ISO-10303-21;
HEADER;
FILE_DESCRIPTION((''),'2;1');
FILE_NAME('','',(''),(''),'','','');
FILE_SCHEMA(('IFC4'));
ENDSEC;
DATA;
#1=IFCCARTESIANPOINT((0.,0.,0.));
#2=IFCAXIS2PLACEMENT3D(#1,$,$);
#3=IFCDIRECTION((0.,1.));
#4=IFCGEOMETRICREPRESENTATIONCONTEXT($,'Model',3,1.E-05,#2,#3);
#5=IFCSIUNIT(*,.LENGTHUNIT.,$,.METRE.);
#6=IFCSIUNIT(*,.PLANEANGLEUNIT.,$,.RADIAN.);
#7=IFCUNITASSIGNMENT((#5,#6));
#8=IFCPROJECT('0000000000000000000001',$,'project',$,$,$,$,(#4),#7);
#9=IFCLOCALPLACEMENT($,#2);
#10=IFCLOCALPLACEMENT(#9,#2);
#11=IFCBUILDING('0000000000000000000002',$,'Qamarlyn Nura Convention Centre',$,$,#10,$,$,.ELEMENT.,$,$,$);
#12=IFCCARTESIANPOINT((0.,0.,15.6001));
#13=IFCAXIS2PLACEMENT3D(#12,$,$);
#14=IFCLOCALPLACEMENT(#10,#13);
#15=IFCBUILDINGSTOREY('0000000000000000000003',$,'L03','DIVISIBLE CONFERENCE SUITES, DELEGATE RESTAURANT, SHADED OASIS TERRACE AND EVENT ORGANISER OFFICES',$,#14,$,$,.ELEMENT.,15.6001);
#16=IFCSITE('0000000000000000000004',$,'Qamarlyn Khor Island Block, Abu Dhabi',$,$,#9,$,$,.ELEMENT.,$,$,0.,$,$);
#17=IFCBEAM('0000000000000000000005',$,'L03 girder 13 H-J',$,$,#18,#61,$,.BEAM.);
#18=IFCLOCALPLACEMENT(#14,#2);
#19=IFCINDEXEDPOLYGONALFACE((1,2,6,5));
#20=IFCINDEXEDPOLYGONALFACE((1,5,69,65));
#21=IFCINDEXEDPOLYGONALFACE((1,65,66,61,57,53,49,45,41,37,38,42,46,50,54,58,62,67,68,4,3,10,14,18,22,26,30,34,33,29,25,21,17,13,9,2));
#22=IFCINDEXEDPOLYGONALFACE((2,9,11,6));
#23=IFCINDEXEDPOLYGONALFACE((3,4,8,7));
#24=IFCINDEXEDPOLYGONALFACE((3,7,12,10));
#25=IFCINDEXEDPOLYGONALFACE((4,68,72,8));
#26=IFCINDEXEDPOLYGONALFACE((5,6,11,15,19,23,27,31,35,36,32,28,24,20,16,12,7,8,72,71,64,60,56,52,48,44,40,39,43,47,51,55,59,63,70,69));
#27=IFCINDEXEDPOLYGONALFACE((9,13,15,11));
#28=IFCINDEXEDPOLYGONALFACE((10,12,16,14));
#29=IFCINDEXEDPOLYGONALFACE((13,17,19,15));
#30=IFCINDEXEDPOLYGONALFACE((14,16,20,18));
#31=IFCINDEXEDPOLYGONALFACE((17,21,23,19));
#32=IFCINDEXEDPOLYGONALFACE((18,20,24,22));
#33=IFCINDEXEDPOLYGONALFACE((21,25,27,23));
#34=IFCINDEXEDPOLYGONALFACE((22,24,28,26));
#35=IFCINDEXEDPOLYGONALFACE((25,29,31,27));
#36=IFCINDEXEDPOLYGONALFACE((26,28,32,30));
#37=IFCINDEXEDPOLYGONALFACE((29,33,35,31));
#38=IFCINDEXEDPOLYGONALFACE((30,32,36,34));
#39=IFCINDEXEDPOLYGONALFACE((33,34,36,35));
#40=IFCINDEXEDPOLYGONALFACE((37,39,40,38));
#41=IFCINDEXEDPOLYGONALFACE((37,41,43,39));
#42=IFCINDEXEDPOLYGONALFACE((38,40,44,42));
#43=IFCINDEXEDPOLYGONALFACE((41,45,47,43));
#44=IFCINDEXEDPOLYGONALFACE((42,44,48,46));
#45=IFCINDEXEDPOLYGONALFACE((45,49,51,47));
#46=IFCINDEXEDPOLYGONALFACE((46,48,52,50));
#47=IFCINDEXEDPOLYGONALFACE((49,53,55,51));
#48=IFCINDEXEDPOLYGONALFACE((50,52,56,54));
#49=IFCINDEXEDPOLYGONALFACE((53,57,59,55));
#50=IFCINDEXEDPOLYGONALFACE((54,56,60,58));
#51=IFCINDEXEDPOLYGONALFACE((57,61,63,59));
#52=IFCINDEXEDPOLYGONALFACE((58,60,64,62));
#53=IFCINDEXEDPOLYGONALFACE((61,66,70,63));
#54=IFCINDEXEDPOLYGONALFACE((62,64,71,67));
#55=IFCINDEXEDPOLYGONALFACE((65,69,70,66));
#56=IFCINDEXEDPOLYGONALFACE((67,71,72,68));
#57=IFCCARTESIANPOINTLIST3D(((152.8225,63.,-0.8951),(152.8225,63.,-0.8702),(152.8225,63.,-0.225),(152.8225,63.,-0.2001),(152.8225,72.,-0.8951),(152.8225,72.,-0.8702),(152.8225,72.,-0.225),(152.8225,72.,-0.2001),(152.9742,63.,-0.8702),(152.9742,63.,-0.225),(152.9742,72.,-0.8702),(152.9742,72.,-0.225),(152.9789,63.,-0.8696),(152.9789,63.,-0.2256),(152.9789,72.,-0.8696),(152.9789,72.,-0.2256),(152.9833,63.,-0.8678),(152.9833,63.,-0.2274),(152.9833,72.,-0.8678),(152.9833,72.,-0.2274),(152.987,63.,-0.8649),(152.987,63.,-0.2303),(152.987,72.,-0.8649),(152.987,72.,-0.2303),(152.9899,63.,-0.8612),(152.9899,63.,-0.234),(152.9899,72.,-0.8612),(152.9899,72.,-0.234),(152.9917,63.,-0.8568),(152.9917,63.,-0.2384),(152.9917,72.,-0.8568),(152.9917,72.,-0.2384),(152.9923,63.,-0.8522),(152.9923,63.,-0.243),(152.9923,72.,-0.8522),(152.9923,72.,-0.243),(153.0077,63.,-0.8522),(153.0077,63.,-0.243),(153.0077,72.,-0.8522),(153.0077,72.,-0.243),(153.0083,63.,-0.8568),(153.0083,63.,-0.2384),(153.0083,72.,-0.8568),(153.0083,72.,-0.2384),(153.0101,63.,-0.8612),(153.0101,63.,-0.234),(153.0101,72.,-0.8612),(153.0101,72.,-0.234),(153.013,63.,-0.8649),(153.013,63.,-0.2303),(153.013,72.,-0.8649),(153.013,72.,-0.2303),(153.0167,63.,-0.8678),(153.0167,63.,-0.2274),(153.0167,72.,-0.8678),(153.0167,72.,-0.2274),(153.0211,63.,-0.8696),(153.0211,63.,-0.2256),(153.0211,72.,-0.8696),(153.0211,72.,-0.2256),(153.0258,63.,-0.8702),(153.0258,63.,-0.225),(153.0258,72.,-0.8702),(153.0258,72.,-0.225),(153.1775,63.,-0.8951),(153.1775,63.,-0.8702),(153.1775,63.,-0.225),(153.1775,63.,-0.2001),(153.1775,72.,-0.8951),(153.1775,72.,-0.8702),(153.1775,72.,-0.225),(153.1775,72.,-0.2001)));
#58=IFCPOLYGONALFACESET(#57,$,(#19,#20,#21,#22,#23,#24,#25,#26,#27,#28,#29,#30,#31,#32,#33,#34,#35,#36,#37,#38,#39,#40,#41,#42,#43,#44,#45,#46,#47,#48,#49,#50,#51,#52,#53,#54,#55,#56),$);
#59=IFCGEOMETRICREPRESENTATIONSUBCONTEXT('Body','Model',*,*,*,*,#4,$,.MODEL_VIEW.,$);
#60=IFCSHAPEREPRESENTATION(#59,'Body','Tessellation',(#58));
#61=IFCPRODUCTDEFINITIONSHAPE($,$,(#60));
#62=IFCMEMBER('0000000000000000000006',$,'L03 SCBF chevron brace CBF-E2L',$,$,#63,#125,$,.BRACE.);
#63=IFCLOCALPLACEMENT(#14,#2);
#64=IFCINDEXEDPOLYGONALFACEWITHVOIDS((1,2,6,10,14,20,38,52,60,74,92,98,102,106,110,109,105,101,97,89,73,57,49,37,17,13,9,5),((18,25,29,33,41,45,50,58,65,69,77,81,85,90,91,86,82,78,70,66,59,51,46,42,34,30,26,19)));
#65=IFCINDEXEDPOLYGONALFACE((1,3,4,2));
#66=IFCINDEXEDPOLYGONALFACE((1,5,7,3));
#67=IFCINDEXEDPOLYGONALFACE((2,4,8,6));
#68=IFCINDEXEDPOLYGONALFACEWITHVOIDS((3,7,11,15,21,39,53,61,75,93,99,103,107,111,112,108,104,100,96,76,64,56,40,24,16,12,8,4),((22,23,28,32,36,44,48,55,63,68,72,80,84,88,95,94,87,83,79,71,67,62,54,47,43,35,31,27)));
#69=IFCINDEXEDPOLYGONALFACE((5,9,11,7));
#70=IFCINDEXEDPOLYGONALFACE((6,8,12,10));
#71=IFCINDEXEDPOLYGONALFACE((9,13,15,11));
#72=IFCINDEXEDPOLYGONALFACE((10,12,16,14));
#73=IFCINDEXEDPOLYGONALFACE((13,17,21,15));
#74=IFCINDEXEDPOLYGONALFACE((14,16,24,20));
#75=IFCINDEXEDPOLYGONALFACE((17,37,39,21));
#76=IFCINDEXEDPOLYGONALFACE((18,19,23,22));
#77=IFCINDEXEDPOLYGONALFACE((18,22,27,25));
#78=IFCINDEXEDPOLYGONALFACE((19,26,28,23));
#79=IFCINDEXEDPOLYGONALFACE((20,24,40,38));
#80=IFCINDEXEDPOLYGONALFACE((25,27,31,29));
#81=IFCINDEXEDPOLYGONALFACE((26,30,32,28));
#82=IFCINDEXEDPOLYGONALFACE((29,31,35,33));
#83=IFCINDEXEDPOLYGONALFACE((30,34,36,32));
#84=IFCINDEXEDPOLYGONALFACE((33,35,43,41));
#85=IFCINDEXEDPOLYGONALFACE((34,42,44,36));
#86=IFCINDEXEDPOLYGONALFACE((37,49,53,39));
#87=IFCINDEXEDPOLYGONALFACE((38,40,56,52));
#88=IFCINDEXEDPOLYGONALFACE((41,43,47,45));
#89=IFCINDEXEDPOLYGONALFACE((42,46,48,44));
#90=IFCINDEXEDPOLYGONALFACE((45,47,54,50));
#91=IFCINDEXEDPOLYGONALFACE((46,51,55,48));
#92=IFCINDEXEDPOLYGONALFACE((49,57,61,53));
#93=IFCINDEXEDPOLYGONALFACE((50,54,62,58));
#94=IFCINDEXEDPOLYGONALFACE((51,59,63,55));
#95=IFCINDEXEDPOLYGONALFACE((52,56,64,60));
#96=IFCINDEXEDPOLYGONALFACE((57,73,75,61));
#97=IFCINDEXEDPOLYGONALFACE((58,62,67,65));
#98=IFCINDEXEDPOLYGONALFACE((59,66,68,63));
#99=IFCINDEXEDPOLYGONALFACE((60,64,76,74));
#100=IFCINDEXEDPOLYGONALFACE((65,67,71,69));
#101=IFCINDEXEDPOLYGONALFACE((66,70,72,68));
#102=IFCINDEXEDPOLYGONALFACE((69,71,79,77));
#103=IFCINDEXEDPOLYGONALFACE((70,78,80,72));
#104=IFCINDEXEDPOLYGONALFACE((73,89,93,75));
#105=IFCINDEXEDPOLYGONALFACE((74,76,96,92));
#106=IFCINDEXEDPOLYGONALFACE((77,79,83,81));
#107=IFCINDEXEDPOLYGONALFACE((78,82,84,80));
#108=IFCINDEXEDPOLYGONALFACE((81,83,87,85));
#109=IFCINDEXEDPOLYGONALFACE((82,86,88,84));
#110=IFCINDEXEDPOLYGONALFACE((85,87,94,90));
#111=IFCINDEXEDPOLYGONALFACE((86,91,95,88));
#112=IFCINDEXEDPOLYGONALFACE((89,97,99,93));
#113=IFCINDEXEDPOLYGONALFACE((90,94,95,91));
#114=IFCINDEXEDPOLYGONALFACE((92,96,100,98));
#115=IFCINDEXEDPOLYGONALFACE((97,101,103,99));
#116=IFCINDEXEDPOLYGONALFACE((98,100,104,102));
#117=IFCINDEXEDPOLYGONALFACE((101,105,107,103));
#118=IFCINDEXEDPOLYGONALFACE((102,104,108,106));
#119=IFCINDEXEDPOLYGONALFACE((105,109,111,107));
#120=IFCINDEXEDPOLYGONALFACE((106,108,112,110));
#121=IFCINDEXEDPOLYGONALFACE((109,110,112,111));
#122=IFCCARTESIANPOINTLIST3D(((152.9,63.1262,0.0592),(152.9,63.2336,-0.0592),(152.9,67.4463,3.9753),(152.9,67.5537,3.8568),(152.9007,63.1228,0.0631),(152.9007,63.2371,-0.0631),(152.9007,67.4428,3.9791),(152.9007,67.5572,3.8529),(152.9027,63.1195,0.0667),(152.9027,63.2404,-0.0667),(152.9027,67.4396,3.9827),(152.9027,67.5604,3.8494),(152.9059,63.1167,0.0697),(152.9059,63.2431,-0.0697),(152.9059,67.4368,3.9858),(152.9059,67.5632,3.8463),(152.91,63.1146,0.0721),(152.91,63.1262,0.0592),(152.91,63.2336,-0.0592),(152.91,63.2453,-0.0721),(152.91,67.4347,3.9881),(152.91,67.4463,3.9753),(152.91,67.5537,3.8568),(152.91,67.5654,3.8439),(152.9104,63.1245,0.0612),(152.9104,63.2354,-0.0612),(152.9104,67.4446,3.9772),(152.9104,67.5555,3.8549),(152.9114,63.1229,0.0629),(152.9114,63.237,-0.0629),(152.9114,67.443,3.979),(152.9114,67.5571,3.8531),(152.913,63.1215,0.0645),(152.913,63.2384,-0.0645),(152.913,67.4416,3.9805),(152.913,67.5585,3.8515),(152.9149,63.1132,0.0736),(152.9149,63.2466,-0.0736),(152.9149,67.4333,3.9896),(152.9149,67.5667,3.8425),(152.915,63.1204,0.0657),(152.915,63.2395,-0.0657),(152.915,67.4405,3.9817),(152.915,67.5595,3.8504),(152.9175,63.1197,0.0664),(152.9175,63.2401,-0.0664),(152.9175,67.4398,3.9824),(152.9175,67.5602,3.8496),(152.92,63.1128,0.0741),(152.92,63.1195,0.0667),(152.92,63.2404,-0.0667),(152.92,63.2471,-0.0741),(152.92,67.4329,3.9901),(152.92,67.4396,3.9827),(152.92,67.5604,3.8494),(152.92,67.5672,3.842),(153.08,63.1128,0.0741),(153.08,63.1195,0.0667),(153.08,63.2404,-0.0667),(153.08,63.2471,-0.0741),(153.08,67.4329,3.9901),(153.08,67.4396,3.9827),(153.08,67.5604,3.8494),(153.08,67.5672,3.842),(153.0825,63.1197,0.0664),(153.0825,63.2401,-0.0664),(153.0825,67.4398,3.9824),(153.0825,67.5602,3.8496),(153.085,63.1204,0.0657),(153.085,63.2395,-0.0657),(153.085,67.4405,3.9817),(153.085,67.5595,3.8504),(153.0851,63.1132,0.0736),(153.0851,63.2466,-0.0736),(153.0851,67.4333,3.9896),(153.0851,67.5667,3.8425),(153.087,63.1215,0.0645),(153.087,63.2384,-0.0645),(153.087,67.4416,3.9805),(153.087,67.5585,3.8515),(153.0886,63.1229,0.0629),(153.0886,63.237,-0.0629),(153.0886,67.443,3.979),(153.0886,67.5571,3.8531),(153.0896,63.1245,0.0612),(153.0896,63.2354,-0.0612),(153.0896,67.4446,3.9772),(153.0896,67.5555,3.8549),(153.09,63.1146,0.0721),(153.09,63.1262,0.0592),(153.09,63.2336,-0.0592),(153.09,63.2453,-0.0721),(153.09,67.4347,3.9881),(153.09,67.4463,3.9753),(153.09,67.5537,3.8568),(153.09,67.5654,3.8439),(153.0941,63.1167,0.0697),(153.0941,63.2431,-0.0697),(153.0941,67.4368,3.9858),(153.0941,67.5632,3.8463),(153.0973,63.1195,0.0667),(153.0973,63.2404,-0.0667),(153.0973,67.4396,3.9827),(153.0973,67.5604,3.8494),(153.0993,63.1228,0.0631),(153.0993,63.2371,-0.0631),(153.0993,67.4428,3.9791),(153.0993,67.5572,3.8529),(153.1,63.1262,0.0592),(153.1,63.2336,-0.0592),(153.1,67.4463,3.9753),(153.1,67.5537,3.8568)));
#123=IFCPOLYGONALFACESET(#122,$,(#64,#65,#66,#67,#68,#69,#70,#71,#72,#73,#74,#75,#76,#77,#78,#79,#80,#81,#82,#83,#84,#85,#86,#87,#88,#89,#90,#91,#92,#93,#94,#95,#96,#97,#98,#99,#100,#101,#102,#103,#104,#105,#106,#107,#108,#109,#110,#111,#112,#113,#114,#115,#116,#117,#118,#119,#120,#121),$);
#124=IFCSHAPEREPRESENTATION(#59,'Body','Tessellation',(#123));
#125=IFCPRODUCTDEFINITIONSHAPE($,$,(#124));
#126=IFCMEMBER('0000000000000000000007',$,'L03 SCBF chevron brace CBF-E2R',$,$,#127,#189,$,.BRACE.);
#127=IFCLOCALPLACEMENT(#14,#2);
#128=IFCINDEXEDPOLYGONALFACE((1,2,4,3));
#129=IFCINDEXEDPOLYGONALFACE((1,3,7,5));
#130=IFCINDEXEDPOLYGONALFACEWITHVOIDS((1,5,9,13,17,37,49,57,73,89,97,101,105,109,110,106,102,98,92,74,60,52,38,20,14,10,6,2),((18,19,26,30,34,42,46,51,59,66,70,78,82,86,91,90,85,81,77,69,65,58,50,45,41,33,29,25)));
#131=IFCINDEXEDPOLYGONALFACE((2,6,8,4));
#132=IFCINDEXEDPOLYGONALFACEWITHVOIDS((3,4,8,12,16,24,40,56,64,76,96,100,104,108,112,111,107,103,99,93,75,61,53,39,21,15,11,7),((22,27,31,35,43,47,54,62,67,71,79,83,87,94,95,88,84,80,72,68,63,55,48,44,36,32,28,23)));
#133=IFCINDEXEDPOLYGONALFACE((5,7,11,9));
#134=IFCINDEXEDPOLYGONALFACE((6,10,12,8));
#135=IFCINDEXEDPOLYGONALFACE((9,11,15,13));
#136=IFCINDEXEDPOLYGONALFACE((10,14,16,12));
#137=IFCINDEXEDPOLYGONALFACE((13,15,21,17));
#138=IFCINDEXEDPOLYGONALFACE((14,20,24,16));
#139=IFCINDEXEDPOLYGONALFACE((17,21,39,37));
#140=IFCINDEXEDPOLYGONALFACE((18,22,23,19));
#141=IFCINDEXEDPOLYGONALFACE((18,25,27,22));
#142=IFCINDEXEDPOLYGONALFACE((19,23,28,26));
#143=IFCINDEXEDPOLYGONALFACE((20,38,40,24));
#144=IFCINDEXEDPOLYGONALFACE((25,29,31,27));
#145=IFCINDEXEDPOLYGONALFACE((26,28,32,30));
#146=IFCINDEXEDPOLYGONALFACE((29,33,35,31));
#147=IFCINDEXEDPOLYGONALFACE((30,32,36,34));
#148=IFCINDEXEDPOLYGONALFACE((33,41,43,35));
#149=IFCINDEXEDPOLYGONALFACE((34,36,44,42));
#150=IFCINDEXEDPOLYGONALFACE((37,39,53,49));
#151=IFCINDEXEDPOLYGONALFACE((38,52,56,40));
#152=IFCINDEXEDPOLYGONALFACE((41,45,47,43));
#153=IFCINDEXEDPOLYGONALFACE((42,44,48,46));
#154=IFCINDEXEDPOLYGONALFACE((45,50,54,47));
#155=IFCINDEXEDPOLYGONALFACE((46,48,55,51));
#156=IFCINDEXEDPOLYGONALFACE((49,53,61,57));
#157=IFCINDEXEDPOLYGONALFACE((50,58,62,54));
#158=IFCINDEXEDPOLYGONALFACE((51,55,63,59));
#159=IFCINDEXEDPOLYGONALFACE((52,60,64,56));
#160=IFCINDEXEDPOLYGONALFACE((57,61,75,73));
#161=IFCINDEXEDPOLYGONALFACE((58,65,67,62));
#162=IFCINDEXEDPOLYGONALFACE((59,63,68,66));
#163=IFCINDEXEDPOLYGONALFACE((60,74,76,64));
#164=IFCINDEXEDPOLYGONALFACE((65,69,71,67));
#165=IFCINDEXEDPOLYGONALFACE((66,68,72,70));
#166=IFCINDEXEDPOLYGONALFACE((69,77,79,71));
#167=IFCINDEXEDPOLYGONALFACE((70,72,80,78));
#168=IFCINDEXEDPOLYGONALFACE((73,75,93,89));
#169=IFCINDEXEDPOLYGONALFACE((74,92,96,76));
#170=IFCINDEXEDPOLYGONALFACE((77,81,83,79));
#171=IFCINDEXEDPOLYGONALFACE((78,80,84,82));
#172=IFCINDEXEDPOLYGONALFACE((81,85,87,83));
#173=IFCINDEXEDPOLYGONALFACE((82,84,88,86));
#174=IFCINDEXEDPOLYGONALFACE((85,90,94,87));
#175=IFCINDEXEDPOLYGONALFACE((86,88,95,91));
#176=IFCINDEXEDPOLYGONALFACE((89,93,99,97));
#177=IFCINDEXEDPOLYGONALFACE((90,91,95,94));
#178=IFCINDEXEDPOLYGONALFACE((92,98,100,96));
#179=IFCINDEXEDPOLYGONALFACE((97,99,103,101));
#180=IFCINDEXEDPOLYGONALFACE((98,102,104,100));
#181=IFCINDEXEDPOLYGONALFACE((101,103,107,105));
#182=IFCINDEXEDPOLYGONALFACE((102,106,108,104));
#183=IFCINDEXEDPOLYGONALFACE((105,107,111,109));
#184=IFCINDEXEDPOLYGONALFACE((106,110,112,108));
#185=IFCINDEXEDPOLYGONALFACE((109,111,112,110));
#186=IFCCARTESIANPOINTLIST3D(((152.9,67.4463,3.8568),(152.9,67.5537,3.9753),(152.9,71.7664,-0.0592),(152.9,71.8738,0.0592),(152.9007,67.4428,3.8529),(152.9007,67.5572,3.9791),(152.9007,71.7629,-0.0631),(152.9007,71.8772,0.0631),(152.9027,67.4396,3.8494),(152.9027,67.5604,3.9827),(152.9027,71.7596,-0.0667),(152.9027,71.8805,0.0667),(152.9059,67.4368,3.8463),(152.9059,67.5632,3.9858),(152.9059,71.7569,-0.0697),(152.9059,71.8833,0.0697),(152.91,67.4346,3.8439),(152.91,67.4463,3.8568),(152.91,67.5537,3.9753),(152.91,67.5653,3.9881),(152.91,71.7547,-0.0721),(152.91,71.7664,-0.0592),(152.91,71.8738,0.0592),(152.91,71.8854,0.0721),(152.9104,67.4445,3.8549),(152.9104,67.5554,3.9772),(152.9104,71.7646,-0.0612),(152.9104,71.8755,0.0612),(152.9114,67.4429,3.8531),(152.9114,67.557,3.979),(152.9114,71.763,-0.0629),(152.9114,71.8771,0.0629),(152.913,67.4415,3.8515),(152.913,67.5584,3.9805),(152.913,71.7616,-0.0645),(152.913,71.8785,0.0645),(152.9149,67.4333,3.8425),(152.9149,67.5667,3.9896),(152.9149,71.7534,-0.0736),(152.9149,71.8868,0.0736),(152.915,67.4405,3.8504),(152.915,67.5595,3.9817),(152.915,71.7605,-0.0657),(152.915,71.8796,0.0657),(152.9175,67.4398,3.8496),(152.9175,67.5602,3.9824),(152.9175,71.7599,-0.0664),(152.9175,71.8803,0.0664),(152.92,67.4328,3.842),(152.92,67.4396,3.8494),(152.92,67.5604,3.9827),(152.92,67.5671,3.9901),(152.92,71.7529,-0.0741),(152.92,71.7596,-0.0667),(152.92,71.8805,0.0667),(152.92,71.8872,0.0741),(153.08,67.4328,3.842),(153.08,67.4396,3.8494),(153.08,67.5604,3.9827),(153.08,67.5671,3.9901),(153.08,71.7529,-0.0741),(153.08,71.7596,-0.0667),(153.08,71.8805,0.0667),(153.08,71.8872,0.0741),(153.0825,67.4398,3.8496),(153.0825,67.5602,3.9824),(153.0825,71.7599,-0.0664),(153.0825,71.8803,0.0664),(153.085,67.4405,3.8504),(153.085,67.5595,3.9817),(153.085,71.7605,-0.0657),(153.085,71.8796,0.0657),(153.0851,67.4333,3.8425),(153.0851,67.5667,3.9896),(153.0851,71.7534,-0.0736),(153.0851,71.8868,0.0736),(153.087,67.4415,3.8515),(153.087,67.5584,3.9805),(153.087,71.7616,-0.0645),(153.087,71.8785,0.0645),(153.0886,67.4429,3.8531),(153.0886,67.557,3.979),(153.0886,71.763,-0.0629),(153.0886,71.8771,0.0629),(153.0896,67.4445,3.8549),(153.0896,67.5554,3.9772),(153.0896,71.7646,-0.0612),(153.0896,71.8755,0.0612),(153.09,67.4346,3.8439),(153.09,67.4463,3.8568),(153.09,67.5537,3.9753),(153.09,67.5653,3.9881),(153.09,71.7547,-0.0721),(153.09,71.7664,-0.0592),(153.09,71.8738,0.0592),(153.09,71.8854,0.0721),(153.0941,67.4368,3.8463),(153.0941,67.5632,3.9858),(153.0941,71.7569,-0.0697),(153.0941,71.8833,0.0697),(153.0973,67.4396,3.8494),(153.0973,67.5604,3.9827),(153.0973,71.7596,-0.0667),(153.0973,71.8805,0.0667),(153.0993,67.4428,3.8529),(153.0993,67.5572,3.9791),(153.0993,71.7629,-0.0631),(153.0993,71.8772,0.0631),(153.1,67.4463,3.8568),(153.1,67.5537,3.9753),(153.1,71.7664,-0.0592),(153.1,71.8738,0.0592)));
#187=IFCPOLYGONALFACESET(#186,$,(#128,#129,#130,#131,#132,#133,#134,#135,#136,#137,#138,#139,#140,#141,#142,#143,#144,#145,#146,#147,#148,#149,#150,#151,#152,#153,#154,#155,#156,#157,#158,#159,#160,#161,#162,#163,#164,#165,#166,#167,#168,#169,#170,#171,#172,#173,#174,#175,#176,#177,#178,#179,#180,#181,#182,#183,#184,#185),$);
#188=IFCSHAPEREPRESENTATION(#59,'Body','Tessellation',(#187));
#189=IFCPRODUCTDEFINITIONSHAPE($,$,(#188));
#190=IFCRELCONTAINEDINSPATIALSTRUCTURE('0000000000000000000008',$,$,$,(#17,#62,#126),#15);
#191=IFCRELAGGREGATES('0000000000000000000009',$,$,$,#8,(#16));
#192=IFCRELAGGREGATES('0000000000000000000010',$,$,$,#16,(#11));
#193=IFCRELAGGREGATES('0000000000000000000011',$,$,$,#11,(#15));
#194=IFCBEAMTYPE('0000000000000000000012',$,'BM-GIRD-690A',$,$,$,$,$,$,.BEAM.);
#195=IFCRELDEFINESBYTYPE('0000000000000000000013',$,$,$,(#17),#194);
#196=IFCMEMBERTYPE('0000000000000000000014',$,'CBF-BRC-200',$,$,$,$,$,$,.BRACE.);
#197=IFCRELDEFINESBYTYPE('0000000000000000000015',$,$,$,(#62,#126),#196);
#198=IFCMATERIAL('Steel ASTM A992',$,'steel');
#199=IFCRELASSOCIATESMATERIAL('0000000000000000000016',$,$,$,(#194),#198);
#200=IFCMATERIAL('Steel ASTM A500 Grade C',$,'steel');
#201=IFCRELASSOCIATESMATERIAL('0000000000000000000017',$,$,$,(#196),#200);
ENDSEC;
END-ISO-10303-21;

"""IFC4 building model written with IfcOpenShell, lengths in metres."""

from ifc_helpers import new_model, si_unit, direction, frame, origin, origin_2d, place, context, subcontext, project, spatial, hollow_rectangle, i_section, extrude, material, material_profile, profile_set, type_object, element, save


model = new_model("IFC4")

# Units and contexts
model_context = context("Model", 3, precision=1e-05, world=origin(), true_north=direction((0.0, 1.0)))
body_context = subcontext(model_context, "Body", "Model", "MODEL_VIEW")
ifc_project = project(units=[si_unit("LENGTHUNIT", "METRE"), si_unit("PLANEANGLEUNIT", "RADIAN")], contexts=[model_context])

# Site, building, storey
site_placement = place(None, origin())
site = spatial("IfcSite", under=ifc_project, at=site_placement, Name="Qamarlyn Khor Island Block, Abu Dhabi", CompositionType="ELEMENT", RefElevation=0.0)
building_placement = place(site_placement, origin())
building = spatial("IfcBuilding", under=site, at=building_placement, Name="Qamarlyn Nura Convention Centre", CompositionType="ELEMENT")
storey_placement = place(building_placement, frame((0.0, 0.0, 15.6001)))
storey = spatial("IfcBuildingStorey", under=building, at=storey_placement, Name="L03", Description="DIVISIBLE CONFERENCE SUITES, DELEGATE RESTAURANT, SHADED OASIS TERRACE AND EVENT ORGANISER OFFICES", CompositionType="ELEMENT", Elevation=15.6001)

# Shared definitions
ifc_material_1 = material(Name="Steel ASTM A992", Category="steel")

# Beam
ifc_material_profile_1 = material_profile(ifc_material_1, i_section(OverallWidth=0.355, OverallDepth=0.6951, WebThickness=0.0154, FlangeThickness=0.0249, FilletRadius=0.0181, at=origin_2d()), Name="W690X217")
ifc_profile_set_1 = profile_set([ifc_material_profile_1], Name="Steel ASTM A992")
beam_type_1 = type_object("IfcBeamType", Name="BM-GIRD-690A", PredefinedType="BEAM", material=ifc_profile_set_1)
beam_1_placement = place(storey_placement, frame((153.0, 63.0, -0.5476), z_axis=(0.0, 1.0, 0.0), x_axis=(-1.0, 0.0, 0.0)))
element("IfcBeam", 1, at=beam_1_placement, inside=storey, type_object=beam_type_1, Name="L03 girder 13 H-J", PredefinedType="BEAM", context=body_context, shape_type="SweptSolid", body=[
    extrude(i_section(OverallWidth=0.355, OverallDepth=0.6951, WebThickness=0.0154, FlangeThickness=0.0249, FilletRadius=0.0181, at=origin_2d()), origin(), (0.0, 0.0, 1.0), 9.0),
])

# Members
ifc_material_2 = material(Name="Steel ASTM A500 Grade C", Category="steel")
ifc_material_profile_2 = material_profile(ifc_material_2, hollow_rectangle(XDim=0.2, YDim=0.2, WallThickness=0.01, InnerFilletRadius=0.01, OuterFilletRadius=0.02, at=origin_2d()), Name="HSS200X200X10")
ifc_profile_set_2 = profile_set([ifc_material_profile_2], Name="Steel ASTM A500 Grade C")
member_type = type_object("IfcMemberType", Name="CBF-BRC-200", PredefinedType="BRACE", material=ifc_profile_set_2)
for number, where, z_axis, x_axis, name in (
    (2, (153.0, 63.1799, 0.0), (0.0, 0.740906, 0.671609), (-1.0, 0.0, 0.0), "L03 SCBF chevron brace CBF-E2L"),
    (3, (153.0, 71.8201, 0.0), (0.0, -0.740906, 0.671609), (1.0, 0.0, 0.0), "L03 SCBF chevron brace CBF-E2R"),
):
    element("IfcMember", number, at=place(storey_placement, frame(where, z_axis=z_axis, x_axis=x_axis)), inside=storey, type_object=member_type, Name=name, PredefinedType="BRACE", context=body_context, shape_type="SweptSolid", body=[
        extrude(hollow_rectangle(XDim=0.2, YDim=0.2, WallThickness=0.01, InnerFilletRadius=0.01, OuterFilletRadius=0.02, at=origin_2d()), origin(), (0.0, 0.0, 1.0), 5.8308),
    ])

save(model, "model.ifc")
